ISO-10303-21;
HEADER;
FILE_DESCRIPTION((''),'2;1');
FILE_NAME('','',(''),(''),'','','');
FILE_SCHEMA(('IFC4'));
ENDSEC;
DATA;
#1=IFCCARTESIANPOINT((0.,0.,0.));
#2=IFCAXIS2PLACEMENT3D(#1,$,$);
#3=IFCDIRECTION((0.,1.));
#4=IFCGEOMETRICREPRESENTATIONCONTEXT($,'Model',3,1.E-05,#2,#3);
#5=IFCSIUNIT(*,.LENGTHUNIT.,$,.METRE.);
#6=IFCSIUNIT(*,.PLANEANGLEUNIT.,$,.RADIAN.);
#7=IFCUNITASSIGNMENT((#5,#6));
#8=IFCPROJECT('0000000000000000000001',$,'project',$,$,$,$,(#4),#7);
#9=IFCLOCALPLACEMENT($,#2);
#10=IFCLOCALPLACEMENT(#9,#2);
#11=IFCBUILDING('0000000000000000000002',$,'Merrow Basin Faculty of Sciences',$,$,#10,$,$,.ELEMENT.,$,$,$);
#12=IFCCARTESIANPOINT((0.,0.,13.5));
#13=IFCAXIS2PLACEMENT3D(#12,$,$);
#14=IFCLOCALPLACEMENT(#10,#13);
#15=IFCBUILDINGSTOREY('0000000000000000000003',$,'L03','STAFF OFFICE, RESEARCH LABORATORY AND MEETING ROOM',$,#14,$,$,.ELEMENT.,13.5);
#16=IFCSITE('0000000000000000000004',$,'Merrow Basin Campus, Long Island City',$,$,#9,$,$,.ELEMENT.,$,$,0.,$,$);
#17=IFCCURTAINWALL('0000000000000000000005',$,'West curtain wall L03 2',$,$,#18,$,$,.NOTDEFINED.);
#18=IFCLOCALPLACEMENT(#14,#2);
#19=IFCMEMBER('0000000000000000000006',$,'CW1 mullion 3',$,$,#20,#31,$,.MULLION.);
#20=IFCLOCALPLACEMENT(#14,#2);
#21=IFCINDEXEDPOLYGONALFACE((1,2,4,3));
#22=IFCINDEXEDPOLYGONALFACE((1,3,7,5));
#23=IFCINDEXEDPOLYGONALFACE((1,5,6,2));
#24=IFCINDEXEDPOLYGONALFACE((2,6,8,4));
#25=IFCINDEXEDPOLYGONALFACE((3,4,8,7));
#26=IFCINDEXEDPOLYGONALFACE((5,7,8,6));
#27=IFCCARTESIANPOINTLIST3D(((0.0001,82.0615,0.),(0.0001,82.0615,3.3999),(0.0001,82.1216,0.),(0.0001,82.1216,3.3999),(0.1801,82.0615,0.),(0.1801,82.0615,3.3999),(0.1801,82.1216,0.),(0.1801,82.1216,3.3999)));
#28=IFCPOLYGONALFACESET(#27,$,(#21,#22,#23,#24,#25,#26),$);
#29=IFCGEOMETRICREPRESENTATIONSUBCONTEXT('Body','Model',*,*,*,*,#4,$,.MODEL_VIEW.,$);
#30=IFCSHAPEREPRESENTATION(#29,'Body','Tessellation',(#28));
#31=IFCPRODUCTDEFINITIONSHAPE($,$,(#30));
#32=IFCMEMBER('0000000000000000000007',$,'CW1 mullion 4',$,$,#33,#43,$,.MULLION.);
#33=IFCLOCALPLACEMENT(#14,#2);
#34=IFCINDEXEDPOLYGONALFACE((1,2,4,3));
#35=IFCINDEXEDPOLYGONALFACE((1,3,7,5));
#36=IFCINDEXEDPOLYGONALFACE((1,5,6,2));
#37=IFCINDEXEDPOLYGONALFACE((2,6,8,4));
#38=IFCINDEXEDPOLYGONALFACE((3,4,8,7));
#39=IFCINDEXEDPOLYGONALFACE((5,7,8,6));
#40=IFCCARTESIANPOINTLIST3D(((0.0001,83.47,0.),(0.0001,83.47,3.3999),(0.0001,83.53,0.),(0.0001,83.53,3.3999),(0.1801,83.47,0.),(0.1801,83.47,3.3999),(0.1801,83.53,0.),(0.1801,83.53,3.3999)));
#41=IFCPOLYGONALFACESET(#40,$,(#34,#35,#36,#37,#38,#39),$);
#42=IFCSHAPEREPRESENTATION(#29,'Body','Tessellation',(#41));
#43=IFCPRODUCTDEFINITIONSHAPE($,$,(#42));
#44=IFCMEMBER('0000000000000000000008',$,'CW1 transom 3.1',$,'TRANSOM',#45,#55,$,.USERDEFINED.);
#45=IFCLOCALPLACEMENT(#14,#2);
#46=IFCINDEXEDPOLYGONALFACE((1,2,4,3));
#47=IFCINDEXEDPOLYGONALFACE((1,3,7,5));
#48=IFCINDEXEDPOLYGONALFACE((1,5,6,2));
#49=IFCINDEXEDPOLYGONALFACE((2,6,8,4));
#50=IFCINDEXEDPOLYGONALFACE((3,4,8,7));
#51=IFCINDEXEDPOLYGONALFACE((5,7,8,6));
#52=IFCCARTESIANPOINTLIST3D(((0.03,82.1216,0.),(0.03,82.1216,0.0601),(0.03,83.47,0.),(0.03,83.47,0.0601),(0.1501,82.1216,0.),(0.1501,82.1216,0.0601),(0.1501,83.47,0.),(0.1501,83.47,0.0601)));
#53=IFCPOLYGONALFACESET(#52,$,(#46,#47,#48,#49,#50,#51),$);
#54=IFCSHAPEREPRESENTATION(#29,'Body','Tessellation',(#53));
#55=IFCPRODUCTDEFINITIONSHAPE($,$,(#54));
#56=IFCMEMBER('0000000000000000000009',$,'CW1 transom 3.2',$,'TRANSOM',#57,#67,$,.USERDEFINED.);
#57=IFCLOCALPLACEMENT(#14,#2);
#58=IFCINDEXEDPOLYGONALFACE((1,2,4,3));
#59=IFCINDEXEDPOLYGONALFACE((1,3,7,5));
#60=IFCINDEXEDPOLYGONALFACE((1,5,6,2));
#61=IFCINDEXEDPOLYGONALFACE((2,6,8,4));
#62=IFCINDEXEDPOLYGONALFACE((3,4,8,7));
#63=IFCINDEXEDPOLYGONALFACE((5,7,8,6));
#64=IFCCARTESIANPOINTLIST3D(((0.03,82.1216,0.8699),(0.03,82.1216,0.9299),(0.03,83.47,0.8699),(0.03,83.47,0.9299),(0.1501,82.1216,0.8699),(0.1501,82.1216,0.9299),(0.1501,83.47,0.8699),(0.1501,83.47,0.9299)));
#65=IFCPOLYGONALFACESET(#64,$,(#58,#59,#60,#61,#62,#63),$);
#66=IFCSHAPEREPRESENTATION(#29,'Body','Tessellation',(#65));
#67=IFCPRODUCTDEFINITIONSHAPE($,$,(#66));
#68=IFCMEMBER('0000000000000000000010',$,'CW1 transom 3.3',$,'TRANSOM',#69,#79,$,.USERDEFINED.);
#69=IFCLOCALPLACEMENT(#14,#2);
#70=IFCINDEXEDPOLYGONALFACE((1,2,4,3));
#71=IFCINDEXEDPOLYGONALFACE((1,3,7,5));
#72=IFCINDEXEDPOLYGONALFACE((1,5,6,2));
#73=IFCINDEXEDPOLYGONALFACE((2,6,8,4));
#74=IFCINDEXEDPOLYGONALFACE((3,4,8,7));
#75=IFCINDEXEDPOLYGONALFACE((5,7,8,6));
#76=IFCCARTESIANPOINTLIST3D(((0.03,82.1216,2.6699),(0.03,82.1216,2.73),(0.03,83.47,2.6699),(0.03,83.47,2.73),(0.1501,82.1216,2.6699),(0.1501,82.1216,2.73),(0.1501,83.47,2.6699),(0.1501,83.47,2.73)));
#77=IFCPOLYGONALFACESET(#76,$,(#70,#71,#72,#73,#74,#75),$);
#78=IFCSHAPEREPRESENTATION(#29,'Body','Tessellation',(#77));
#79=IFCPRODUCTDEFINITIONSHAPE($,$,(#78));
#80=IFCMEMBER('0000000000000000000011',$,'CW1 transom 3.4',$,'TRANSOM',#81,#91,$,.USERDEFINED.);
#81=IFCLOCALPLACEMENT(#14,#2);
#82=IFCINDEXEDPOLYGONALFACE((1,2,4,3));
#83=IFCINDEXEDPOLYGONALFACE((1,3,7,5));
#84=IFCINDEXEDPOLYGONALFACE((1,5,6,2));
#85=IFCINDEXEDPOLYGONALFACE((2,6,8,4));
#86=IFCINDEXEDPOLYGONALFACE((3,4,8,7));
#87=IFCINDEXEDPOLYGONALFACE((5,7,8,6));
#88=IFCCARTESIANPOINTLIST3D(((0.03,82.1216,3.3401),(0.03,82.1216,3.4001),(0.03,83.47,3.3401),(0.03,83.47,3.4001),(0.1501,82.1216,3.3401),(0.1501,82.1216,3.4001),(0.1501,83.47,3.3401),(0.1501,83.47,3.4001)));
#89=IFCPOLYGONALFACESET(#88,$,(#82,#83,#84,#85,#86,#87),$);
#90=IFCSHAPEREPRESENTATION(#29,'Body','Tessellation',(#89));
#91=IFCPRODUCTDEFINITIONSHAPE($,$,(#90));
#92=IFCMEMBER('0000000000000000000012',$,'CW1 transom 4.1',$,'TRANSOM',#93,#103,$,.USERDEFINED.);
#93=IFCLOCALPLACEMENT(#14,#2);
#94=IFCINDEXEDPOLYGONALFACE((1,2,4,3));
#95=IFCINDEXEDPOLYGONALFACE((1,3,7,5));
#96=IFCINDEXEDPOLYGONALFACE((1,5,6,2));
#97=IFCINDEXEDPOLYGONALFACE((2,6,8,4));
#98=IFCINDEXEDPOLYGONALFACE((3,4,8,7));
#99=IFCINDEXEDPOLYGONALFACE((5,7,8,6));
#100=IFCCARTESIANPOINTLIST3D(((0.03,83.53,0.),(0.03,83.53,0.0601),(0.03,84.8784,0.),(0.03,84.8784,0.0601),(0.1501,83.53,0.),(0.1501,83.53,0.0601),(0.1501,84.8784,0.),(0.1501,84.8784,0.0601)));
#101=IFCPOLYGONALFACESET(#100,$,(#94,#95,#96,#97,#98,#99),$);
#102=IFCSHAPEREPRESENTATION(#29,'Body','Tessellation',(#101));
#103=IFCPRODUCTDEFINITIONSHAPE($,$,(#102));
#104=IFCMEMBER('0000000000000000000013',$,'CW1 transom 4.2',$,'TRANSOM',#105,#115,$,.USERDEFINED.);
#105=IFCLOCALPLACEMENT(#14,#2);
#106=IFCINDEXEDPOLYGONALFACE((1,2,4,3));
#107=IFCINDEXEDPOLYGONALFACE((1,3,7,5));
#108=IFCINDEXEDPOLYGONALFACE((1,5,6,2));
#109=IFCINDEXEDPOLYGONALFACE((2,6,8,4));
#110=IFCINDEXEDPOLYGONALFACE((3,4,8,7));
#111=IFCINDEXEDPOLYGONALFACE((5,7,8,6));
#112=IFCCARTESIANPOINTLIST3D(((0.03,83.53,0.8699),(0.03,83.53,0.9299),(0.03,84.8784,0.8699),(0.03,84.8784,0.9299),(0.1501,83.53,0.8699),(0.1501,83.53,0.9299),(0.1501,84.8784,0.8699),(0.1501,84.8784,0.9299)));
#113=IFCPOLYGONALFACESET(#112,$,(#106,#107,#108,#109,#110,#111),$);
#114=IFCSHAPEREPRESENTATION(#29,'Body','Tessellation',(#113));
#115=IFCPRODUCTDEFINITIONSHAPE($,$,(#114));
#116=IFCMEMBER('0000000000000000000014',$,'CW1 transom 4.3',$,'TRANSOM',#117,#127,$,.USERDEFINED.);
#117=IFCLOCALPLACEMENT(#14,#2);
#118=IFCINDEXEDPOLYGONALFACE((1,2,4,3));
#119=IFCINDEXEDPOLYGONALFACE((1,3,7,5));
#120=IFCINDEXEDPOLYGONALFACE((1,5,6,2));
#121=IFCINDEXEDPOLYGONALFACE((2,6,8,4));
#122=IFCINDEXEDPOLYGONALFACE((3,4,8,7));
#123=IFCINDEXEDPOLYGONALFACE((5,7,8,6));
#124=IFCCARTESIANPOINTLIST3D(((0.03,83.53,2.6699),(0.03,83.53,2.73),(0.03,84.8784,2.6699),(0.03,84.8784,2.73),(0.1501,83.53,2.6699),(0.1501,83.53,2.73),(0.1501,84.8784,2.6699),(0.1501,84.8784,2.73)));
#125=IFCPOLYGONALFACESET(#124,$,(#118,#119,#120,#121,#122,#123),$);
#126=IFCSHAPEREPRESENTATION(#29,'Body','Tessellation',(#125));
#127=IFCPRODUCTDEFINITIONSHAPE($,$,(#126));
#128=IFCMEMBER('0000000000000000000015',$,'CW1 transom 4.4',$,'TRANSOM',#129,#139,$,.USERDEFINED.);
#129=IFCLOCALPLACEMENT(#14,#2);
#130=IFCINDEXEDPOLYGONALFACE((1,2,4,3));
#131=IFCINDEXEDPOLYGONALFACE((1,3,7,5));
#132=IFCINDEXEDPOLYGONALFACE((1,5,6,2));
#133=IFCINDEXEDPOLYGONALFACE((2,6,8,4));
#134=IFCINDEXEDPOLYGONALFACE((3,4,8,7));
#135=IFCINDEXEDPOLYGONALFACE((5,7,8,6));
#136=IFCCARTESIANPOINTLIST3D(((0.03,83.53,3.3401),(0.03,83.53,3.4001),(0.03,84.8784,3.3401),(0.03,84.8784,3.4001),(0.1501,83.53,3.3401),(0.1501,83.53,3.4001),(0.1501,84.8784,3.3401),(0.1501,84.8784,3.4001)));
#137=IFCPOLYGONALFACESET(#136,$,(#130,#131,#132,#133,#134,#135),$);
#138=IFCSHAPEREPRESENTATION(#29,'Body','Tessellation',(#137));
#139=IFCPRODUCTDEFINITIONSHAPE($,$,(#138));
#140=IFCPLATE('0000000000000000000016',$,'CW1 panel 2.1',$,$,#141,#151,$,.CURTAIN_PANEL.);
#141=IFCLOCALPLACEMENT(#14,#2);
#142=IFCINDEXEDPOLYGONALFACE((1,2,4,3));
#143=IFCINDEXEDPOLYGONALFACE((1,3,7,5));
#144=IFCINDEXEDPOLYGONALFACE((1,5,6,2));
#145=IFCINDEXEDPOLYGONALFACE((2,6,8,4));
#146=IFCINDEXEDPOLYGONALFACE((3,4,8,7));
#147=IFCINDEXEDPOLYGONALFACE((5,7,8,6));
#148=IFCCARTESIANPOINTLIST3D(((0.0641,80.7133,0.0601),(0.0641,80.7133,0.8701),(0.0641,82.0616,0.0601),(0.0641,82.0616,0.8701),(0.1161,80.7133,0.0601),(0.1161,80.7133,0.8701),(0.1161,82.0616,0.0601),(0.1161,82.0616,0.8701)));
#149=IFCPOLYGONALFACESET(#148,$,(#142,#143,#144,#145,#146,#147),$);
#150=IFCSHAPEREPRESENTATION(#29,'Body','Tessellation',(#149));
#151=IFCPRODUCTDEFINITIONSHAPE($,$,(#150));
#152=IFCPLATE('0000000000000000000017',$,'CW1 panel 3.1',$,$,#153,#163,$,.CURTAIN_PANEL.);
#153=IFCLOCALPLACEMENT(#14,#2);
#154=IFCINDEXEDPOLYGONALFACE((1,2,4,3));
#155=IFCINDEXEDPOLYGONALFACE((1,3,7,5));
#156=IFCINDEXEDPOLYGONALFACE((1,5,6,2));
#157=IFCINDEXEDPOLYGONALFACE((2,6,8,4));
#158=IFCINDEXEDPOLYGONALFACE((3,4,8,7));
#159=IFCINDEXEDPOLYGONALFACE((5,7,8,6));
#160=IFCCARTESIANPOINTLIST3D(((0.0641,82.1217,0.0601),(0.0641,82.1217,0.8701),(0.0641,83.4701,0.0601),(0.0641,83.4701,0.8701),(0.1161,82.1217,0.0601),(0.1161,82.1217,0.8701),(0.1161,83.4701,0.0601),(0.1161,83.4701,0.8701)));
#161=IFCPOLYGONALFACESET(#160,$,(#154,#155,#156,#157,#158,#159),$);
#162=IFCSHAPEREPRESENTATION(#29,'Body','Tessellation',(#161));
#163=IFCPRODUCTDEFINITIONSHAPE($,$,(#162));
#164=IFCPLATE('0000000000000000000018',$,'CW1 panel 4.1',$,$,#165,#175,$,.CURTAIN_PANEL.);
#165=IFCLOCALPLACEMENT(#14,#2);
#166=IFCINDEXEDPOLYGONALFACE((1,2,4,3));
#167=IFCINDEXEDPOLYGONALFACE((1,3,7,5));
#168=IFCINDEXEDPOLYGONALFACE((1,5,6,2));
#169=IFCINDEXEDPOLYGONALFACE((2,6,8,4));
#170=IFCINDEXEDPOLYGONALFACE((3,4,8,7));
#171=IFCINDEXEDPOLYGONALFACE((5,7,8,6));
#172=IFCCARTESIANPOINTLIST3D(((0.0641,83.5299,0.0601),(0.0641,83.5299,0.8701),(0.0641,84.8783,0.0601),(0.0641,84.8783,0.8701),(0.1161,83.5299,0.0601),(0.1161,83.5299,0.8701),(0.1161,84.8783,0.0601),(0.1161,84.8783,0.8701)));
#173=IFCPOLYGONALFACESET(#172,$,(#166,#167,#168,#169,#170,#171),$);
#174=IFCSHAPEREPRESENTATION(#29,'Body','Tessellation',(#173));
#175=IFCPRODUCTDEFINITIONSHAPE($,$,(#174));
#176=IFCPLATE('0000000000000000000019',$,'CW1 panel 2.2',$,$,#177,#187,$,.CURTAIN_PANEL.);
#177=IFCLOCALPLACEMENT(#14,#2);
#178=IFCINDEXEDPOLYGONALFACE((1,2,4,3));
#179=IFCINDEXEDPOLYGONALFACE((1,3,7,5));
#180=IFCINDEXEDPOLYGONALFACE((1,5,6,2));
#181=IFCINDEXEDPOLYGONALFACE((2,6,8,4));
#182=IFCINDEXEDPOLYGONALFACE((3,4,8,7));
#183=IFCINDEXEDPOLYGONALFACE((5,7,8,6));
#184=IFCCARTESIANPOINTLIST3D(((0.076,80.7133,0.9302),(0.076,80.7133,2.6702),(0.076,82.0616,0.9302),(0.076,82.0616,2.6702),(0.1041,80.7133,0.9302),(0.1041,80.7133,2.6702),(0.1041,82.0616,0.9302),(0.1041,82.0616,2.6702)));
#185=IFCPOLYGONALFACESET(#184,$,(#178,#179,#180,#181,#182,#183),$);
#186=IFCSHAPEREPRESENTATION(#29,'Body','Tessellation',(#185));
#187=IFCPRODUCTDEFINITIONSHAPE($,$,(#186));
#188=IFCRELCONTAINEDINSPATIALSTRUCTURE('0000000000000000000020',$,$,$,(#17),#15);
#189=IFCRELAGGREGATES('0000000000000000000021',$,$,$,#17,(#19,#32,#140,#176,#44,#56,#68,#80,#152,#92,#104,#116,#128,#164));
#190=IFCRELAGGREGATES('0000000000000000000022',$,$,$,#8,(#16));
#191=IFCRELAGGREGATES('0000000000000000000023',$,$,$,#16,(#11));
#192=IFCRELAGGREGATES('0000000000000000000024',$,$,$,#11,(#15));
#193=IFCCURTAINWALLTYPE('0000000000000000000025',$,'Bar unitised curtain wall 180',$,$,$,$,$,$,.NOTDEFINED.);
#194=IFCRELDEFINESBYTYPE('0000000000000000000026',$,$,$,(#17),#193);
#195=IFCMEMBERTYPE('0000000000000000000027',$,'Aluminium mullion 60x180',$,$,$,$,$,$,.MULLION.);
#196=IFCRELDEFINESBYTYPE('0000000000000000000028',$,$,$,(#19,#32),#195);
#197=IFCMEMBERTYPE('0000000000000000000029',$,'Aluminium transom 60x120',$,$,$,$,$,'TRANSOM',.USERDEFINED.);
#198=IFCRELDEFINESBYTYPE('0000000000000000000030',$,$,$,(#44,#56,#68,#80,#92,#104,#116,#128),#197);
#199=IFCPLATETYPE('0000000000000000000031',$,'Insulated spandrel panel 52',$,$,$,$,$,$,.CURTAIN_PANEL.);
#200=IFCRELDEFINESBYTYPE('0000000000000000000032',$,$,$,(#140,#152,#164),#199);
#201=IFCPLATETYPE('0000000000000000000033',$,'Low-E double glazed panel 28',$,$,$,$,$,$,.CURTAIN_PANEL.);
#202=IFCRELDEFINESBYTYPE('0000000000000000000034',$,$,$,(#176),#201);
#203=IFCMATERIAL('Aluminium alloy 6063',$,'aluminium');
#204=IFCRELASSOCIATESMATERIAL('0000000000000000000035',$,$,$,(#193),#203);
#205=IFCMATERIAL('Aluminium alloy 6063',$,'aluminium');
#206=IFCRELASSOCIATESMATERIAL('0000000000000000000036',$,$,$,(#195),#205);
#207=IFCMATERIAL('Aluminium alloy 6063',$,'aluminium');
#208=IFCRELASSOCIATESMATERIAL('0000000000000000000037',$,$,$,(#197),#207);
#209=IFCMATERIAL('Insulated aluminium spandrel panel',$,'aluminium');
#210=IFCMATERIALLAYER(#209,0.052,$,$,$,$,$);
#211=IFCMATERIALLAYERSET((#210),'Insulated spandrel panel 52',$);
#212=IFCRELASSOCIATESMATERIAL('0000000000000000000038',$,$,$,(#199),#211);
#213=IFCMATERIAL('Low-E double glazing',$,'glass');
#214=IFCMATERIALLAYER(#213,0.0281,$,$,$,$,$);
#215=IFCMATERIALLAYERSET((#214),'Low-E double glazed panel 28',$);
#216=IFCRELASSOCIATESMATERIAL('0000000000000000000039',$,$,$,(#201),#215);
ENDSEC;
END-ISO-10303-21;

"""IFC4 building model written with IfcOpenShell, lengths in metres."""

from ifc_helpers import new_model, si_unit, direction, frame, origin, origin_2d, place, context, subcontext, project, spatial, rectangle, extrude, material, layer, layer_set, material_profile, profile_set, type_object, element, aggregate, save


model = new_model("IFC4")

# Units and contexts
model_context = context("Model", 3, precision=1e-05, world=origin(), true_north=direction((0.0, 1.0)))
body_context = subcontext(model_context, "Body", "Model", "MODEL_VIEW")
ifc_project = project(units=[si_unit("LENGTHUNIT", "METRE"), si_unit("PLANEANGLEUNIT", "RADIAN")], contexts=[model_context])

# Site, building, storey
site_placement = place(None, origin())
site = spatial("IfcSite", under=ifc_project, at=site_placement, Name="Merrow Basin Campus, Long Island City", CompositionType="ELEMENT", RefElevation=0.0)
building_placement = place(site_placement, origin())
building = spatial("IfcBuilding", under=site, at=building_placement, Name="Merrow Basin Faculty of Sciences", CompositionType="ELEMENT")
storey_placement = place(building_placement, frame((0.0, 0.0, 13.5)))
storey = spatial("IfcBuildingStorey", under=building, at=storey_placement, Name="L03", Description="STAFF OFFICE, RESEARCH LABORATORY AND MEETING ROOM", CompositionType="ELEMENT", Elevation=13.5)

# Curtain wall, members, plates
ifc_material_1 = material(Name="Aluminium alloy 6063", Category="aluminium")
curtain_wall_type = type_object("IfcCurtainWallType", Name="Bar unitised curtain wall 180", PredefinedType="NOTDEFINED", material=ifc_material_1)
curtain_wall_placement = place(storey_placement, origin())
curtain_wall = element("IfcCurtainWall", 1, at=curtain_wall_placement, inside=storey, type_object=curtain_wall_type, Name="West curtain wall L03 2", PredefinedType="NOTDEFINED")
ifc_material_2 = material(Name="Aluminium alloy 6063", Category="aluminium")
ifc_material_profile_1 = material_profile(ifc_material_2, rectangle(XDim=0.1799, YDim=0.0601, at=origin_2d()))
ifc_profile_set_1 = profile_set([ifc_material_profile_1], Name="Aluminium alloy 6063")
member_type_1 = type_object("IfcMemberType", Name="Aluminium mullion 60x180", PredefinedType="MULLION", material=ifc_profile_set_1)
member_1_placement = place(storey_placement, frame((0.0901, 82.0916, 0.0), z_axis=(0.0, 0.0, 1.0), x_axis=(-1.0, 0.0, 0.0)))
member_1 = element("IfcMember", 2, at=member_1_placement, type_object=member_type_1, Name="CW1 mullion 3", PredefinedType="MULLION", context=body_context, shape_type="SweptSolid", body=[
    extrude(rectangle(XDim=0.1799, YDim=0.0601, at=origin_2d()), origin(), (0.0, 0.0, 1.0), 3.3999),
])
member_2_placement = place(storey_placement, frame((0.0901, 83.5, 0.0), z_axis=(0.0, 0.0, 1.0), x_axis=(-1.0, 0.0, 0.0)))
member_2 = element("IfcMember", 3, at=member_2_placement, type_object=member_type_1, Name="CW1 mullion 4", PredefinedType="MULLION", context=body_context, shape_type="SweptSolid", body=[
    extrude(rectangle(XDim=0.1799, YDim=0.0601, at=origin_2d()), origin(), (0.0, 0.0, 1.0), 3.3999),
])
ifc_material_3 = material(Name="Aluminium alloy 6063", Category="aluminium")
ifc_material_profile_2 = material_profile(ifc_material_3, rectangle(XDim=0.1201, YDim=0.0601, at=origin_2d()))
ifc_profile_set_2 = profile_set([ifc_material_profile_2], Name="Aluminium alloy 6063")
member_type_2 = type_object("IfcMemberType", Name="Aluminium transom 60x120", ElementType="TRANSOM", PredefinedType="USERDEFINED", material=ifc_profile_set_2)
member_3_placement = place(storey_placement, frame((0.0901, 82.1216, 0.03), z_axis=(0.0, 1.0, 0.0), x_axis=(-1.0, 0.0, 0.0)))
member_3 = element("IfcMember", 4, at=member_3_placement, type_object=member_type_2, Name="CW1 transom 3.1", ObjectType="TRANSOM", PredefinedType="USERDEFINED", context=body_context, shape_type="SweptSolid", body=[
    extrude(rectangle(XDim=0.1201, YDim=0.0601, at=origin_2d()), origin(), (0.0, 0.0, 1.0), 1.3484),
])
member_4_placement = place(storey_placement, frame((0.0901, 82.1216, 0.8999), z_axis=(0.0, 1.0, 0.0), x_axis=(-1.0, 0.0, 0.0)))
member_4 = element("IfcMember", 5, at=member_4_placement, type_object=member_type_2, Name="CW1 transom 3.2", ObjectType="TRANSOM", PredefinedType="USERDEFINED", context=body_context, shape_type="SweptSolid", body=[
    extrude(rectangle(XDim=0.1201, YDim=0.0601, at=origin_2d()), origin(), (0.0, 0.0, 1.0), 1.3484),
])
member_5_placement = place(storey_placement, frame((0.0901, 82.1216, 2.7), z_axis=(0.0, 1.0, 0.0), x_axis=(-1.0, 0.0, 0.0)))
member_5 = element("IfcMember", 6, at=member_5_placement, type_object=member_type_2, Name="CW1 transom 3.3", ObjectType="TRANSOM", PredefinedType="USERDEFINED", context=body_context, shape_type="SweptSolid", body=[
    extrude(rectangle(XDim=0.1201, YDim=0.0601, at=origin_2d()), origin(), (0.0, 0.0, 1.0), 1.3484),
])
member_6_placement = place(storey_placement, frame((0.0901, 82.1216, 3.3701), z_axis=(0.0, 1.0, 0.0), x_axis=(-1.0, 0.0, 0.0)))
member_6 = element("IfcMember", 7, at=member_6_placement, type_object=member_type_2, Name="CW1 transom 3.4", ObjectType="TRANSOM", PredefinedType="USERDEFINED", context=body_context, shape_type="SweptSolid", body=[
    extrude(rectangle(XDim=0.1201, YDim=0.0601, at=origin_2d()), origin(), (0.0, 0.0, 1.0), 1.3484),
])
member_7_placement = place(storey_placement, frame((0.0901, 83.53, 0.03), z_axis=(0.0, 1.0, 0.0), x_axis=(-1.0, 0.0, 0.0)))
member_7 = element("IfcMember", 8, at=member_7_placement, type_object=member_type_2, Name="CW1 transom 4.1", ObjectType="TRANSOM", PredefinedType="USERDEFINED", context=body_context, shape_type="SweptSolid", body=[
    extrude(rectangle(XDim=0.1201, YDim=0.0601, at=origin_2d()), origin(), (0.0, 0.0, 1.0), 1.3484),
])
member_8_placement = place(storey_placement, frame((0.0901, 83.53, 0.8999), z_axis=(0.0, 1.0, 0.0), x_axis=(-1.0, 0.0, 0.0)))
member_8 = element("IfcMember", 9, at=member_8_placement, type_object=member_type_2, Name="CW1 transom 4.2", ObjectType="TRANSOM", PredefinedType="USERDEFINED", context=body_context, shape_type="SweptSolid", body=[
    extrude(rectangle(XDim=0.1201, YDim=0.0601, at=origin_2d()), origin(), (0.0, 0.0, 1.0), 1.3484),
])
member_9_placement = place(storey_placement, frame((0.0901, 83.53, 2.7), z_axis=(0.0, 1.0, 0.0), x_axis=(-1.0, 0.0, 0.0)))
member_9 = element("IfcMember", 10, at=member_9_placement, type_object=member_type_2, Name="CW1 transom 4.3", ObjectType="TRANSOM", PredefinedType="USERDEFINED", context=body_context, shape_type="SweptSolid", body=[
    extrude(rectangle(XDim=0.1201, YDim=0.0601, at=origin_2d()), origin(), (0.0, 0.0, 1.0), 1.3484),
])
member_10_placement = place(storey_placement, frame((0.0901, 83.53, 3.3701), z_axis=(0.0, 1.0, 0.0), x_axis=(-1.0, 0.0, 0.0)))
member_10 = element("IfcMember", 11, at=member_10_placement, type_object=member_type_2, Name="CW1 transom 4.4", ObjectType="TRANSOM", PredefinedType="USERDEFINED", context=body_context, shape_type="SweptSolid", body=[
    extrude(rectangle(XDim=0.1201, YDim=0.0601, at=origin_2d()), origin(), (0.0, 0.0, 1.0), 1.3484),
])
ifc_material_4 = material(Name="Insulated aluminium spandrel panel", Category="aluminium")
ifc_layer_1 = layer(ifc_material_4, 0.052)
ifc_layer_set_1 = layer_set([ifc_layer_1], Name="Insulated spandrel panel 52")
plate_type_1 = type_object("IfcPlateType", Name="Insulated spandrel panel 52", PredefinedType="CURTAIN_PANEL", material=ifc_layer_set_1)
plate_1_placement = place(storey_placement, frame((0.0901, 81.3875, 0.0601), z_axis=(0.0, 0.0, 1.0), x_axis=(0.0, 1.0, 0.0)))
plate_1 = element("IfcPlate", 12, at=plate_1_placement, type_object=plate_type_1, Name="CW1 panel 2.1", PredefinedType="CURTAIN_PANEL", context=body_context, shape_type="SweptSolid", body=[
    extrude(rectangle(XDim=1.3484, YDim=0.052, at=origin_2d()), origin(), (0.0, 0.0, 1.0), 0.8101),
])
plate_2_placement = place(storey_placement, frame((0.0901, 82.7959, 0.0601), z_axis=(0.0, 0.0, 1.0), x_axis=(0.0, 1.0, 0.0)))
plate_2 = element("IfcPlate", 13, at=plate_2_placement, type_object=plate_type_1, Name="CW1 panel 3.1", PredefinedType="CURTAIN_PANEL", context=body_context, shape_type="SweptSolid", body=[
    extrude(rectangle(XDim=1.3484, YDim=0.052, at=origin_2d()), origin(), (0.0, 0.0, 1.0), 0.8101),
])
plate_3_placement = place(storey_placement, frame((0.0901, 84.2041, 0.0601), z_axis=(0.0, 0.0, 1.0), x_axis=(0.0, 1.0, 0.0)))
plate_3 = element("IfcPlate", 14, at=plate_3_placement, type_object=plate_type_1, Name="CW1 panel 4.1", PredefinedType="CURTAIN_PANEL", context=body_context, shape_type="SweptSolid", body=[
    extrude(rectangle(XDim=1.3484, YDim=0.052, at=origin_2d()), origin(), (0.0, 0.0, 1.0), 0.8101),
])
ifc_material_5 = material(Name="Low-E double glazing", Category="glass")
ifc_layer_2 = layer(ifc_material_5, 0.0281)
ifc_layer_set_2 = layer_set([ifc_layer_2], Name="Low-E double glazed panel 28")
plate_type_2 = type_object("IfcPlateType", Name="Low-E double glazed panel 28", PredefinedType="CURTAIN_PANEL", material=ifc_layer_set_2)
plate_4_placement = place(storey_placement, frame((0.0901, 81.3875, 0.9302), z_axis=(0.0, 0.0, 1.0), x_axis=(0.0, 1.0, 0.0)))
plate_4 = element("IfcPlate", 15, at=plate_4_placement, type_object=plate_type_2, Name="CW1 panel 2.2", PredefinedType="CURTAIN_PANEL", context=body_context, shape_type="SweptSolid", body=[
    extrude(rectangle(XDim=1.3484, YDim=0.0281, at=origin_2d()), origin(), (0.0, 0.0, 1.0), 1.74),
])
aggregate(curtain_wall, [member_1, member_2, plate_1, plate_4, member_3, member_4, member_5, member_6, plate_2, member_7, member_8, member_9, member_10, plate_3])

save(model, "model.ifc")
